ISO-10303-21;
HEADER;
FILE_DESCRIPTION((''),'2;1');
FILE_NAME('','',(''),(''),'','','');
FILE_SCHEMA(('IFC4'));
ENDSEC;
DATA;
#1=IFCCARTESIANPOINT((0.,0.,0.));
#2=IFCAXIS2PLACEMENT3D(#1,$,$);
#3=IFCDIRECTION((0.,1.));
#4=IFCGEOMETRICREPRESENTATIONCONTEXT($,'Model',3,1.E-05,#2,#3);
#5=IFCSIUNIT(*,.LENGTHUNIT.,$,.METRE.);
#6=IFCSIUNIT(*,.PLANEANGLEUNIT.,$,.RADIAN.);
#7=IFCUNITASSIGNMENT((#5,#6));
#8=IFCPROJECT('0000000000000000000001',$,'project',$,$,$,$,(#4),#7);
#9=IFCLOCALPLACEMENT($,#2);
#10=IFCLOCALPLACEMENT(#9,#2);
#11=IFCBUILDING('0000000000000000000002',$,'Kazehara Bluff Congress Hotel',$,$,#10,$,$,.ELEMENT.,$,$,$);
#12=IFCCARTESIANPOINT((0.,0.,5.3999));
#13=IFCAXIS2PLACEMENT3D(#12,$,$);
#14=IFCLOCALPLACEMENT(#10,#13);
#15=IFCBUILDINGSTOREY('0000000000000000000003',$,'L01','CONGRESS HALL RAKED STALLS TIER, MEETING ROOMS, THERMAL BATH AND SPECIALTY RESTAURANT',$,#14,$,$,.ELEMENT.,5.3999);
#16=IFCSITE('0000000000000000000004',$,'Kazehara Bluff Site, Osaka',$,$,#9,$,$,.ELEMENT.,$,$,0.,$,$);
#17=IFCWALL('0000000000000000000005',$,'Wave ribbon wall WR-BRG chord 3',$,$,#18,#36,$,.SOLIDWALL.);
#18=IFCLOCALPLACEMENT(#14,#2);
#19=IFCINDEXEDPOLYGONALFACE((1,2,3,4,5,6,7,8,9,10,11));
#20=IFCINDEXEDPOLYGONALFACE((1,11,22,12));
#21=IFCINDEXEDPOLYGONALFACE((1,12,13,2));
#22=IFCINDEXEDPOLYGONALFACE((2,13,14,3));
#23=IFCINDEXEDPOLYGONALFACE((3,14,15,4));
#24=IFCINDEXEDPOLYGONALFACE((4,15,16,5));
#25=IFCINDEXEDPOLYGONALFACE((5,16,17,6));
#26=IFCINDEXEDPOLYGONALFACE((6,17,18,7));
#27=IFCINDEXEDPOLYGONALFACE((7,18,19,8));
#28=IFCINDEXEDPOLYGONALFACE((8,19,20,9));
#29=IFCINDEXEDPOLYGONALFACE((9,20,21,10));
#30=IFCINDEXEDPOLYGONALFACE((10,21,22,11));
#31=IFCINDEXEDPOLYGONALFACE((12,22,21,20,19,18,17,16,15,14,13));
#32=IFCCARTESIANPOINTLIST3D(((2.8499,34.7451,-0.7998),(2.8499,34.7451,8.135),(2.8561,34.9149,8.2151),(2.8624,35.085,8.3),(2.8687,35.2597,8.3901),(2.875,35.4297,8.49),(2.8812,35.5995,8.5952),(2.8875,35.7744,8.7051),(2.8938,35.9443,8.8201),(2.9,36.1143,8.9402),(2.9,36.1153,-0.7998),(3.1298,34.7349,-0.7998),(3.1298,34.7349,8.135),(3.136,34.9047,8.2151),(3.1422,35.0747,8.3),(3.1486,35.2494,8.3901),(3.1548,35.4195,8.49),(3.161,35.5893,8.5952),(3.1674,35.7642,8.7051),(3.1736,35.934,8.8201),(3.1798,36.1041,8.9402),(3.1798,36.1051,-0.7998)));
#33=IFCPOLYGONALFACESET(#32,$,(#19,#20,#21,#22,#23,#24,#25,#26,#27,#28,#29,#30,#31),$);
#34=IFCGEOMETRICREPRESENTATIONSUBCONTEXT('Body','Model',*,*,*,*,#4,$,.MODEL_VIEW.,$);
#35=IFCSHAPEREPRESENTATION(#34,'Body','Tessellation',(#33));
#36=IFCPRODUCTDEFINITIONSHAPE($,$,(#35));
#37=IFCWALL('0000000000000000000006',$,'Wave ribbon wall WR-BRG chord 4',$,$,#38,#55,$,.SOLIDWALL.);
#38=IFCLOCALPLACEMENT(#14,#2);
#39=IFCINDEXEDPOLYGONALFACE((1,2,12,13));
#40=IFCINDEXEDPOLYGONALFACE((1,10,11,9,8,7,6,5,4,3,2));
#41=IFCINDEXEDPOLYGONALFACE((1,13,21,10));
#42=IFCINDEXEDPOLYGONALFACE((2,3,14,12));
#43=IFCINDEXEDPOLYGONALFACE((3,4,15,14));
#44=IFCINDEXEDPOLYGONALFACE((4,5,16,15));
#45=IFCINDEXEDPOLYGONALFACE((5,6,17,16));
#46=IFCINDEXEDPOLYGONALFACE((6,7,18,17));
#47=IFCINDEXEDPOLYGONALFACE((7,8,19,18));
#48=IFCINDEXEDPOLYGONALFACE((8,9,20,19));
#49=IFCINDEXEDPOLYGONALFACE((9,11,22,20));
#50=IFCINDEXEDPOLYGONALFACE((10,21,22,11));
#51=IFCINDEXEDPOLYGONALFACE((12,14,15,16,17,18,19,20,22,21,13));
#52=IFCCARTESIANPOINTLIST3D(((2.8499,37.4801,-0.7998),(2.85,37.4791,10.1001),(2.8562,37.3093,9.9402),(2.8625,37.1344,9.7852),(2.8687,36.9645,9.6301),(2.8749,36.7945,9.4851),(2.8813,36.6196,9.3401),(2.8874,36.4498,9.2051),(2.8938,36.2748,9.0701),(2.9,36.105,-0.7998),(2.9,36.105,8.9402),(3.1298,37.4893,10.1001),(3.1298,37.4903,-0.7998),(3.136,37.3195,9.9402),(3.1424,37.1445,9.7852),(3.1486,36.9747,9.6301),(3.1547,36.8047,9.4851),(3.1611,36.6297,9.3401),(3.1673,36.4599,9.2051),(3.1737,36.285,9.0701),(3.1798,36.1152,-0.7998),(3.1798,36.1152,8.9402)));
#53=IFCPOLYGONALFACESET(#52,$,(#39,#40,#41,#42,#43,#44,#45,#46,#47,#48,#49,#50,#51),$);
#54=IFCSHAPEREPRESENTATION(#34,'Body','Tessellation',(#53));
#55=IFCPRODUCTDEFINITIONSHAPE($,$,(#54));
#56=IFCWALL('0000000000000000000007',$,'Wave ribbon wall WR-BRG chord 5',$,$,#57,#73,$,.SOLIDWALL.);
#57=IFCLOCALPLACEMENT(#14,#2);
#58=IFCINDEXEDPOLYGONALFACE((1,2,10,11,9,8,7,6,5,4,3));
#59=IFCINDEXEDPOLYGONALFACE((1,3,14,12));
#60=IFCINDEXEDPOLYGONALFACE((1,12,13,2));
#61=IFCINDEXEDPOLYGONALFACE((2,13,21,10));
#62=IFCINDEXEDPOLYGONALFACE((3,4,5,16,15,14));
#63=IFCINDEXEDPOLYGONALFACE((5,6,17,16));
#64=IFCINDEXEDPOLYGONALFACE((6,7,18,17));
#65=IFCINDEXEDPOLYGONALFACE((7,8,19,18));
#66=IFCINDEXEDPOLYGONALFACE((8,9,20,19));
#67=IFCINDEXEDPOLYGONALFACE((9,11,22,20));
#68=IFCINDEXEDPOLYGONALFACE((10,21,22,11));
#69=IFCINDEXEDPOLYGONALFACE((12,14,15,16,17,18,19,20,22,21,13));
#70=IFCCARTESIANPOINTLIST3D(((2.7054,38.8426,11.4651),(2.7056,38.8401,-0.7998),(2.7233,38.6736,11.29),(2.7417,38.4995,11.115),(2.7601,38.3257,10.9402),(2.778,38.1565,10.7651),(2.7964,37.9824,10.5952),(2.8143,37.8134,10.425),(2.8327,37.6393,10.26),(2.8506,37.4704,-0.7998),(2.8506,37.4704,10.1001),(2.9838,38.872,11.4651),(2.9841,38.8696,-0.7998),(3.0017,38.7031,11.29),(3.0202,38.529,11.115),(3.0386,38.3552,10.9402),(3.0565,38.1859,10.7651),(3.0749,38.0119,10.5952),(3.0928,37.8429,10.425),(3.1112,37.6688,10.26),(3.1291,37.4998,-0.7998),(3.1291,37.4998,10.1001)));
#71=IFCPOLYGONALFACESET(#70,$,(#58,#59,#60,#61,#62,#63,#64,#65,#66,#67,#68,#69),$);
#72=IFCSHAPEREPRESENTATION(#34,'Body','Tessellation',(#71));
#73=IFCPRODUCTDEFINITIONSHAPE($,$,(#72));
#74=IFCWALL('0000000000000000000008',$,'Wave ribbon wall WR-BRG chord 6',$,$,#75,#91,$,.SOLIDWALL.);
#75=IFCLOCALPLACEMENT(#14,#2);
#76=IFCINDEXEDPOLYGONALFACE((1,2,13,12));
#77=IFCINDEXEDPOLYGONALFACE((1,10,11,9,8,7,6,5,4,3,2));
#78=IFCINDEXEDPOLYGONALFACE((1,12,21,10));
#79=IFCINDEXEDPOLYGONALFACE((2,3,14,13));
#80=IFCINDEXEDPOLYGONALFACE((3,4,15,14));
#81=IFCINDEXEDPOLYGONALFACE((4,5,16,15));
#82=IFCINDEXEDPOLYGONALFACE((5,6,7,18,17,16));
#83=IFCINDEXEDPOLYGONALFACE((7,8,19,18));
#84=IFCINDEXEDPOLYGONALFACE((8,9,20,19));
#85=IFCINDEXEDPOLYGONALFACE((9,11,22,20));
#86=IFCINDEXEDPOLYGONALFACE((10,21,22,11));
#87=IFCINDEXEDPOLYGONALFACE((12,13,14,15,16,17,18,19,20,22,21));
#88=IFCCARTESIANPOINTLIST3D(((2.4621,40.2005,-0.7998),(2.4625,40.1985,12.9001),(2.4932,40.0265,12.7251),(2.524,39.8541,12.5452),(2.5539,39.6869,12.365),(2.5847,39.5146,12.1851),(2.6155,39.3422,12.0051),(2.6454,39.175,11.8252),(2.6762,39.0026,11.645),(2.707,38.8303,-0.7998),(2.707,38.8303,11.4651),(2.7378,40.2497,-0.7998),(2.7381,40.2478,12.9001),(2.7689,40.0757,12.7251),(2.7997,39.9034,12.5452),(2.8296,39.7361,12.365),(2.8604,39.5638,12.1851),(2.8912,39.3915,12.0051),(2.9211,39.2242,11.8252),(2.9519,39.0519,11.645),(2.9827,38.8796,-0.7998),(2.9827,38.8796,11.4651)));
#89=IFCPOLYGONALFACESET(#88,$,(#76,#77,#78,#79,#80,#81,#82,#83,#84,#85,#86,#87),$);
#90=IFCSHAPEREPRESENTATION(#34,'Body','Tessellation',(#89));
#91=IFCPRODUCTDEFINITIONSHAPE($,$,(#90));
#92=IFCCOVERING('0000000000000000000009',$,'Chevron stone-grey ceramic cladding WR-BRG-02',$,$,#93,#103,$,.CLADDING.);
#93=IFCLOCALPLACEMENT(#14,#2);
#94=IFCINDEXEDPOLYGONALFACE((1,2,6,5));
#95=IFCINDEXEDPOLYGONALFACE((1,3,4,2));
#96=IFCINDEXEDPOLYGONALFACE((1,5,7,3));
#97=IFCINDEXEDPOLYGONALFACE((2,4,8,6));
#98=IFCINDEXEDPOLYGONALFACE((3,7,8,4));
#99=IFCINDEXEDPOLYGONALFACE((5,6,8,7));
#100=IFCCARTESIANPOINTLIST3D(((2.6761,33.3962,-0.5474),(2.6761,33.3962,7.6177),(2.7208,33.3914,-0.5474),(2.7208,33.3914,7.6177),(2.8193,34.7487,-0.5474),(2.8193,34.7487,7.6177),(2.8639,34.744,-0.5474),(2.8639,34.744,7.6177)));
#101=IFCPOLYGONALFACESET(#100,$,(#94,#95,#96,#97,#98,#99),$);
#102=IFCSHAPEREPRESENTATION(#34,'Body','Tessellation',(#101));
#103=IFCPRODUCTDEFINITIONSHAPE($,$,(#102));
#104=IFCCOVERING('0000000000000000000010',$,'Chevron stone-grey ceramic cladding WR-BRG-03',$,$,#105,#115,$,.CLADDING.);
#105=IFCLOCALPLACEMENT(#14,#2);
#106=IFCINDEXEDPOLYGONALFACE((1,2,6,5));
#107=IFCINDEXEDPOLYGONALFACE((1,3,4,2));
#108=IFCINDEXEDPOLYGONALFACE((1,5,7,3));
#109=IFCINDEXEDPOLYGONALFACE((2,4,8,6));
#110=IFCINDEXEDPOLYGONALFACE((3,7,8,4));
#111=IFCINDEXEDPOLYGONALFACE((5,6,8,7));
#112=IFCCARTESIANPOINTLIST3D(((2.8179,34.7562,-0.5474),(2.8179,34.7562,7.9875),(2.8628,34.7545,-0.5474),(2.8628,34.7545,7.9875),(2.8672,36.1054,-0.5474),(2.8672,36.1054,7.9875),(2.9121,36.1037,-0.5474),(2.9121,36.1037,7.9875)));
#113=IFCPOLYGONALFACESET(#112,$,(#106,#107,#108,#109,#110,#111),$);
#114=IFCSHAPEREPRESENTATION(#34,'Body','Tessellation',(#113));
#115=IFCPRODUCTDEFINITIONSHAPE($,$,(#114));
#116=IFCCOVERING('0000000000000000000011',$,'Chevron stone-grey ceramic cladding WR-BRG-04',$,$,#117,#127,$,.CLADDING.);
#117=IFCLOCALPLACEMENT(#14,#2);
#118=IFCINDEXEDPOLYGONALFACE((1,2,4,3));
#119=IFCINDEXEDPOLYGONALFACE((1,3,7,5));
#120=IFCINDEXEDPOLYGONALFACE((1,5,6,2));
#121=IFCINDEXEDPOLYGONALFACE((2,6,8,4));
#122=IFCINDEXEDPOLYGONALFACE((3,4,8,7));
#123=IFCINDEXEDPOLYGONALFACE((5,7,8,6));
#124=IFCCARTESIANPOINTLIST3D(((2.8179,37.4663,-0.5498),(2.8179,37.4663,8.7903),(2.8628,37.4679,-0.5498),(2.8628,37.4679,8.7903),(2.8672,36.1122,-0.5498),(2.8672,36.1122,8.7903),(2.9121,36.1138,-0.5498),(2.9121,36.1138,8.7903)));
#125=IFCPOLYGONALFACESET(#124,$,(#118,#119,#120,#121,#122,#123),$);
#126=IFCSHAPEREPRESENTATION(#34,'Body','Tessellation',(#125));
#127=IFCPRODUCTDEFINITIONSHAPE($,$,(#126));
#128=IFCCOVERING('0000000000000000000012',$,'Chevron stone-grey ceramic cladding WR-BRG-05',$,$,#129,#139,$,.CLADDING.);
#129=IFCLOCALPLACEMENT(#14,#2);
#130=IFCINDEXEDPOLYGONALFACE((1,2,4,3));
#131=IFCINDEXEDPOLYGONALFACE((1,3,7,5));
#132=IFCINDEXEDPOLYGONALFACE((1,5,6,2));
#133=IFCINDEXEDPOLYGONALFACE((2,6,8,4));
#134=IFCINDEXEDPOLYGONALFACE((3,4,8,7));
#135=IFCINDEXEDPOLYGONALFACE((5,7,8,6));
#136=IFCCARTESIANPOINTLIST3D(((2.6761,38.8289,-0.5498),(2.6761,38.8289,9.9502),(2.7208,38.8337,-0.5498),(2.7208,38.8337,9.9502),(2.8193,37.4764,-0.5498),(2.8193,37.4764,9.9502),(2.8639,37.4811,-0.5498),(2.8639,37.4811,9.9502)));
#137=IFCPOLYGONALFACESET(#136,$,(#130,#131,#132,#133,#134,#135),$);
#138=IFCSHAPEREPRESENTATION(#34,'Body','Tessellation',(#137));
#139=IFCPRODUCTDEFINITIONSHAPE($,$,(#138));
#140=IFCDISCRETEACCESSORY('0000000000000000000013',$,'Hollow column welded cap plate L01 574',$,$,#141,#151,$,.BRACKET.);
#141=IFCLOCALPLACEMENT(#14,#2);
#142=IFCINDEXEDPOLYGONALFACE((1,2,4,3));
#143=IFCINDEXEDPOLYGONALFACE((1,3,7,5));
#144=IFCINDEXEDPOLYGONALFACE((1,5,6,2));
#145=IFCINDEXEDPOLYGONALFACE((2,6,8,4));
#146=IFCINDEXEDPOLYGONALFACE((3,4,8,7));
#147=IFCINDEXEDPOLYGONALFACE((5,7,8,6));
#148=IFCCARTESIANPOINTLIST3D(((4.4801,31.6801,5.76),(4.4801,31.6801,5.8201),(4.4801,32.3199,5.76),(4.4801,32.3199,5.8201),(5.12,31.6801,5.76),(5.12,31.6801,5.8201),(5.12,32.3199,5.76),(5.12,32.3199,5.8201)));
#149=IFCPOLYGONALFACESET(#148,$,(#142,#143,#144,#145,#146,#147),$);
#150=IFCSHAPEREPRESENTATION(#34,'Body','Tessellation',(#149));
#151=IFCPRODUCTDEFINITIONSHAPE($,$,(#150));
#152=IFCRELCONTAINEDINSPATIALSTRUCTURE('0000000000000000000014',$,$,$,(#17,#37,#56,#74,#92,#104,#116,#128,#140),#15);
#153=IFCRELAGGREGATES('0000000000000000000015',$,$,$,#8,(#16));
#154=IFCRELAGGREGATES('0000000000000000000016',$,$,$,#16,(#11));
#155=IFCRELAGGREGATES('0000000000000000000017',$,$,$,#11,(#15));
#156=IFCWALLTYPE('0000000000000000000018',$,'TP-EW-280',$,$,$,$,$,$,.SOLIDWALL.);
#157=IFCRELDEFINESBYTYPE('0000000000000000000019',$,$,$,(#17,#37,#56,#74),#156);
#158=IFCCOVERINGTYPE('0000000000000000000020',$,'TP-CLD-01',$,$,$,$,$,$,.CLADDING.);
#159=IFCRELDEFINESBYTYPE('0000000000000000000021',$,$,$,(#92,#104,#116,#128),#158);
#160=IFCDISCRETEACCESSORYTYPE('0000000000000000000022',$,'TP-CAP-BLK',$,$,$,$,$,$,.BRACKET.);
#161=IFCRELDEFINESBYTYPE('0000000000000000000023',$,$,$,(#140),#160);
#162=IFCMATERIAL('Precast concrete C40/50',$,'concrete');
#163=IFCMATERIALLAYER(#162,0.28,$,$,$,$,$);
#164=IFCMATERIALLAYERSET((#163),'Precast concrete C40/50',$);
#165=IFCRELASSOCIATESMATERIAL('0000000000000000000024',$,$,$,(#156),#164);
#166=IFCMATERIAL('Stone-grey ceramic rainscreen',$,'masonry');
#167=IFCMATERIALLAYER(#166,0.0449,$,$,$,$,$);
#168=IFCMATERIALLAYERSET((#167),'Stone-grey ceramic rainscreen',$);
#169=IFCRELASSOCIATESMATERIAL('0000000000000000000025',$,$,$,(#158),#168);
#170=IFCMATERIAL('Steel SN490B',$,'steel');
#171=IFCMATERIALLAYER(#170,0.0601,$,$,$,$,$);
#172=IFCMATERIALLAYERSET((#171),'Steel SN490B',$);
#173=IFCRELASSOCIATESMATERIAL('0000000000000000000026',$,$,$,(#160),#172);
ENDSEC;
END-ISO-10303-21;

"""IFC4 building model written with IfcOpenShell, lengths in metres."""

from ifc_helpers import new_model, si_unit, direction, frame, origin, origin_2d, place, context, subcontext, project, spatial, polyline, rectangle, outline, extrude, material, layer, layer_set, type_object, element, save


model = new_model("IFC4")

# Units and contexts
model_context = context("Model", 3, precision=1e-05, world=origin(), true_north=direction((0.0, 1.0)))
body_context = subcontext(model_context, "Body", "Model", "MODEL_VIEW")
ifc_project = project(units=[si_unit("LENGTHUNIT", "METRE"), si_unit("PLANEANGLEUNIT", "RADIAN")], contexts=[model_context])

# Site, building, storey
site_placement = place(None, origin())
site = spatial("IfcSite", under=ifc_project, at=site_placement, Name="Kazehara Bluff Site, Osaka", CompositionType="ELEMENT", RefElevation=0.0)
building_placement = place(site_placement, origin())
building = spatial("IfcBuilding", under=site, at=building_placement, Name="Kazehara Bluff Congress Hotel", CompositionType="ELEMENT")
storey_placement = place(building_placement, frame((0.0, 0.0, 5.3999)))
storey = spatial("IfcBuildingStorey", under=building, at=storey_placement, Name="L01", Description="CONGRESS HALL RAKED STALLS TIER, MEETING ROOMS, THERMAL BATH AND SPECIALTY RESTAURANT", CompositionType="ELEMENT", Elevation=5.3999)

# Walls
ifc_material_1 = material(Name="Precast concrete C40/50", Category="concrete")
ifc_layer_1 = layer(ifc_material_1, 0.28)
ifc_layer_set_1 = layer_set([ifc_layer_1], Name="Precast concrete C40/50")
wall_type = type_object("IfcWallType", Name="TP-EW-280", PredefinedType="SOLIDWALL", material=ifc_layer_set_1)
wall_1_placement = place(storey_placement, frame((2.99, 34.74, -0.7998), z_axis=(0.0, 0.0, 1.0), x_axis=(0.036505, 0.999333, 0.0)))
element("IfcWall", 1, at=wall_1_placement, inside=storey, type_object=wall_type, Name="Wave ribbon wall WR-BRG chord 3", PredefinedType="SOLIDWALL", context=body_context, shape_type="SweptSolid", body=[
    extrude(outline(polyline([(0.0, 0.0), (1.3711, 0.0), (1.3701, 9.74), (1.2, 9.6199), (1.03, 9.5049), (0.855, 9.395), (0.6851, 9.2898), (0.5149, 9.1899), (0.3401, 9.0999), (0.1699, 9.0149), (0.0, 8.9348), (0.0, 0.0)])), frame((0.0, 0.1401, 0.0), z_axis=(0.0, -1.0, 0.0), x_axis=(1.0, 0.0, 0.0)), (0.0, 0.0, 1.0), 0.28),
])
wall_2_placement = place(storey_placement, frame((3.04, 36.1101, -0.7998), z_axis=(0.0, 0.0, 1.0), x_axis=(-0.036375, 0.999338, 0.0)))
element("IfcWall", 2, at=wall_2_placement, inside=storey, type_object=wall_type, Name="Wave ribbon wall WR-BRG chord 4", PredefinedType="SOLIDWALL", context=body_context, shape_type="SweptSolid", body=[
    extrude(outline(polyline([(0.0, 0.0), (1.376, 0.0), (1.375, 10.8999), (1.2051, 10.74), (1.03, 10.585), (0.8601, 10.4299), (0.6899, 10.2849), (0.5149, 10.1399), (0.345, 10.0049), (0.1699, 9.8699), (0.0, 9.74), (0.0, 0.0)])), frame((0.0, 0.1401, 0.0), z_axis=(0.0, -1.0, 0.0), x_axis=(1.0, 0.0, 0.0)), (0.0, 0.0, 1.0), 0.28),
])
wall_3_placement = place(storey_placement, frame((2.99, 37.4851, -0.7998), z_axis=(0.0, 0.0, 1.0), x_axis=(-0.105275, 0.994443, 0.0)))
element("IfcWall", 3, at=wall_3_placement, inside=storey, type_object=wall_type, Name="Wave ribbon wall WR-BRG chord 5", PredefinedType="SOLIDWALL", context=body_context, shape_type="SweptSolid", body=[
    extrude(outline(polyline([(0.0, 0.0), (1.3774, 0.0), (1.3799, 12.2649), (1.21, 12.0898), (1.0349, 11.9148), (0.8601, 11.74), (0.6899, 11.5649), (0.5149, 11.395), (0.345, 11.2249), (0.1699, 11.0598), (0.0, 10.8999), (0.0, 0.0)])), frame((0.0, 0.1401, 0.0), z_axis=(0.0, -1.0, 0.0), x_axis=(1.0, 0.0, 0.0)), (0.0, 0.0, 1.0), 0.28),
])
wall_4_placement = place(storey_placement, frame((2.845, 38.855, -0.7998), z_axis=(0.0, 0.0, 1.0), x_axis=(-0.175936, 0.984402, 0.0)))
element("IfcWall", 4, at=wall_4_placement, inside=storey, type_object=wall_type, Name="Wave ribbon wall WR-BRG chord 6", PredefinedType="SOLIDWALL", context=body_context, shape_type="SweptSolid", body=[
    extrude(outline(polyline([(0.0, 0.0), (1.3918, 0.0), (1.3899, 13.7), (1.2151, 13.5249), (1.04, 13.345), (0.8701, 13.1648), (0.6951, 12.9849), (0.52, 12.8049), (0.3501, 12.625), (0.175, 12.4448), (0.0, 12.2649), (0.0, 0.0)])), frame((0.0, 0.1401, 0.0), z_axis=(0.0, -1.0, 0.0), x_axis=(1.0, 0.0, 0.0)), (0.0, 0.0, 1.0), 0.28),
])

# Coverings
ifc_material_2 = material(Name="Stone-grey ceramic rainscreen", Category="masonry")
ifc_layer_2 = layer(ifc_material_2, 0.0449)
ifc_layer_set_2 = layer_set([ifc_layer_2], Name="Stone-grey ceramic rainscreen")
covering_type_1 = type_object("IfcCoveringType", Name="TP-CLD-01", PredefinedType="CLADDING", material=ifc_layer_set_2)
covering_1_placement = place(storey_placement, frame((2.77, 34.0701, -0.5474), z_axis=(0.0, 0.0, 1.0), x_axis=(0.105252, 0.994446, 0.0)))
element("IfcCovering", 5, at=covering_1_placement, inside=storey, type_object=covering_type_1, Name="Chevron stone-grey ceramic cladding WR-BRG-02", PredefinedType="CLADDING", context=body_context, shape_type="SweptSolid", body=[
    extrude(rectangle(XDim=1.3601, YDim=0.0449, at=origin_2d()), origin(), (0.0, 0.0, 1.0), 8.165),
])
covering_2_placement = place(storey_placement, frame((2.865, 35.4299, -0.5474), z_axis=(0.0, 0.0, 1.0), x_axis=(0.036473, 0.999335, 0.0)))
element("IfcCovering", 6, at=covering_2_placement, inside=storey, type_object=covering_type_1, Name="Chevron stone-grey ceramic cladding WR-BRG-03", PredefinedType="CLADDING", context=body_context, shape_type="SweptSolid", body=[
    extrude(rectangle(XDim=1.3501, YDim=0.0449, at=origin_2d()), origin(), (0.0, 0.0, 1.0), 8.5349),
])
covering_3_placement = place(storey_placement, frame((2.865, 36.79, -0.5498), z_axis=(0.0, 0.0, 1.0), x_axis=(-0.03634, 0.999339, 0.0)))
element("IfcCovering", 7, at=covering_3_placement, inside=storey, type_object=covering_type_1, Name="Chevron stone-grey ceramic cladding WR-BRG-04", PredefinedType="CLADDING", context=body_context, shape_type="SweptSolid", body=[
    extrude(rectangle(XDim=1.355, YDim=0.0449, at=origin_2d()), origin(), (0.0, 0.0, 1.0), 9.3401),
])
covering_4_placement = place(storey_placement, frame((2.77, 38.155, -0.5498), z_axis=(0.0, 0.0, 1.0), x_axis=(-0.105252, 0.994446, 0.0)))
element("IfcCovering", 8, at=covering_4_placement, inside=storey, type_object=covering_type_1, Name="Chevron stone-grey ceramic cladding WR-BRG-05", PredefinedType="CLADDING", context=body_context, shape_type="SweptSolid", body=[
    extrude(rectangle(XDim=1.3601, YDim=0.0449, at=origin_2d()), origin(), (0.0, 0.0, 1.0), 10.5),
])

# Discrete accessory
ifc_material_3 = material(Name="Steel SN490B", Category="steel")
ifc_layer_3 = layer(ifc_material_3, 0.0601)
ifc_layer_set_3 = layer_set([ifc_layer_3], Name="Steel SN490B")
discrete_accessory_type = type_object("IfcDiscreteAccessoryType", Name="TP-CAP-BLK", PredefinedType="BRACKET", material=ifc_layer_set_3)
discrete_accessory_placement = place(storey_placement, frame((4.8, 32.0, 5.76), z_axis=(0.0, 0.0, 1.0), x_axis=(1.0, 0.0, 0.0)))
element("IfcDiscreteAccessory", 9, at=discrete_accessory_placement, inside=storey, type_object=discrete_accessory_type, Name="Hollow column welded cap plate L01 574", PredefinedType="BRACKET", context=body_context, shape_type="SweptSolid", body=[
    extrude(rectangle(XDim=0.6399, YDim=0.6399, at=origin_2d()), origin(), (0.0, 0.0, 1.0), 0.0601),
])

save(model, "model.ifc")
